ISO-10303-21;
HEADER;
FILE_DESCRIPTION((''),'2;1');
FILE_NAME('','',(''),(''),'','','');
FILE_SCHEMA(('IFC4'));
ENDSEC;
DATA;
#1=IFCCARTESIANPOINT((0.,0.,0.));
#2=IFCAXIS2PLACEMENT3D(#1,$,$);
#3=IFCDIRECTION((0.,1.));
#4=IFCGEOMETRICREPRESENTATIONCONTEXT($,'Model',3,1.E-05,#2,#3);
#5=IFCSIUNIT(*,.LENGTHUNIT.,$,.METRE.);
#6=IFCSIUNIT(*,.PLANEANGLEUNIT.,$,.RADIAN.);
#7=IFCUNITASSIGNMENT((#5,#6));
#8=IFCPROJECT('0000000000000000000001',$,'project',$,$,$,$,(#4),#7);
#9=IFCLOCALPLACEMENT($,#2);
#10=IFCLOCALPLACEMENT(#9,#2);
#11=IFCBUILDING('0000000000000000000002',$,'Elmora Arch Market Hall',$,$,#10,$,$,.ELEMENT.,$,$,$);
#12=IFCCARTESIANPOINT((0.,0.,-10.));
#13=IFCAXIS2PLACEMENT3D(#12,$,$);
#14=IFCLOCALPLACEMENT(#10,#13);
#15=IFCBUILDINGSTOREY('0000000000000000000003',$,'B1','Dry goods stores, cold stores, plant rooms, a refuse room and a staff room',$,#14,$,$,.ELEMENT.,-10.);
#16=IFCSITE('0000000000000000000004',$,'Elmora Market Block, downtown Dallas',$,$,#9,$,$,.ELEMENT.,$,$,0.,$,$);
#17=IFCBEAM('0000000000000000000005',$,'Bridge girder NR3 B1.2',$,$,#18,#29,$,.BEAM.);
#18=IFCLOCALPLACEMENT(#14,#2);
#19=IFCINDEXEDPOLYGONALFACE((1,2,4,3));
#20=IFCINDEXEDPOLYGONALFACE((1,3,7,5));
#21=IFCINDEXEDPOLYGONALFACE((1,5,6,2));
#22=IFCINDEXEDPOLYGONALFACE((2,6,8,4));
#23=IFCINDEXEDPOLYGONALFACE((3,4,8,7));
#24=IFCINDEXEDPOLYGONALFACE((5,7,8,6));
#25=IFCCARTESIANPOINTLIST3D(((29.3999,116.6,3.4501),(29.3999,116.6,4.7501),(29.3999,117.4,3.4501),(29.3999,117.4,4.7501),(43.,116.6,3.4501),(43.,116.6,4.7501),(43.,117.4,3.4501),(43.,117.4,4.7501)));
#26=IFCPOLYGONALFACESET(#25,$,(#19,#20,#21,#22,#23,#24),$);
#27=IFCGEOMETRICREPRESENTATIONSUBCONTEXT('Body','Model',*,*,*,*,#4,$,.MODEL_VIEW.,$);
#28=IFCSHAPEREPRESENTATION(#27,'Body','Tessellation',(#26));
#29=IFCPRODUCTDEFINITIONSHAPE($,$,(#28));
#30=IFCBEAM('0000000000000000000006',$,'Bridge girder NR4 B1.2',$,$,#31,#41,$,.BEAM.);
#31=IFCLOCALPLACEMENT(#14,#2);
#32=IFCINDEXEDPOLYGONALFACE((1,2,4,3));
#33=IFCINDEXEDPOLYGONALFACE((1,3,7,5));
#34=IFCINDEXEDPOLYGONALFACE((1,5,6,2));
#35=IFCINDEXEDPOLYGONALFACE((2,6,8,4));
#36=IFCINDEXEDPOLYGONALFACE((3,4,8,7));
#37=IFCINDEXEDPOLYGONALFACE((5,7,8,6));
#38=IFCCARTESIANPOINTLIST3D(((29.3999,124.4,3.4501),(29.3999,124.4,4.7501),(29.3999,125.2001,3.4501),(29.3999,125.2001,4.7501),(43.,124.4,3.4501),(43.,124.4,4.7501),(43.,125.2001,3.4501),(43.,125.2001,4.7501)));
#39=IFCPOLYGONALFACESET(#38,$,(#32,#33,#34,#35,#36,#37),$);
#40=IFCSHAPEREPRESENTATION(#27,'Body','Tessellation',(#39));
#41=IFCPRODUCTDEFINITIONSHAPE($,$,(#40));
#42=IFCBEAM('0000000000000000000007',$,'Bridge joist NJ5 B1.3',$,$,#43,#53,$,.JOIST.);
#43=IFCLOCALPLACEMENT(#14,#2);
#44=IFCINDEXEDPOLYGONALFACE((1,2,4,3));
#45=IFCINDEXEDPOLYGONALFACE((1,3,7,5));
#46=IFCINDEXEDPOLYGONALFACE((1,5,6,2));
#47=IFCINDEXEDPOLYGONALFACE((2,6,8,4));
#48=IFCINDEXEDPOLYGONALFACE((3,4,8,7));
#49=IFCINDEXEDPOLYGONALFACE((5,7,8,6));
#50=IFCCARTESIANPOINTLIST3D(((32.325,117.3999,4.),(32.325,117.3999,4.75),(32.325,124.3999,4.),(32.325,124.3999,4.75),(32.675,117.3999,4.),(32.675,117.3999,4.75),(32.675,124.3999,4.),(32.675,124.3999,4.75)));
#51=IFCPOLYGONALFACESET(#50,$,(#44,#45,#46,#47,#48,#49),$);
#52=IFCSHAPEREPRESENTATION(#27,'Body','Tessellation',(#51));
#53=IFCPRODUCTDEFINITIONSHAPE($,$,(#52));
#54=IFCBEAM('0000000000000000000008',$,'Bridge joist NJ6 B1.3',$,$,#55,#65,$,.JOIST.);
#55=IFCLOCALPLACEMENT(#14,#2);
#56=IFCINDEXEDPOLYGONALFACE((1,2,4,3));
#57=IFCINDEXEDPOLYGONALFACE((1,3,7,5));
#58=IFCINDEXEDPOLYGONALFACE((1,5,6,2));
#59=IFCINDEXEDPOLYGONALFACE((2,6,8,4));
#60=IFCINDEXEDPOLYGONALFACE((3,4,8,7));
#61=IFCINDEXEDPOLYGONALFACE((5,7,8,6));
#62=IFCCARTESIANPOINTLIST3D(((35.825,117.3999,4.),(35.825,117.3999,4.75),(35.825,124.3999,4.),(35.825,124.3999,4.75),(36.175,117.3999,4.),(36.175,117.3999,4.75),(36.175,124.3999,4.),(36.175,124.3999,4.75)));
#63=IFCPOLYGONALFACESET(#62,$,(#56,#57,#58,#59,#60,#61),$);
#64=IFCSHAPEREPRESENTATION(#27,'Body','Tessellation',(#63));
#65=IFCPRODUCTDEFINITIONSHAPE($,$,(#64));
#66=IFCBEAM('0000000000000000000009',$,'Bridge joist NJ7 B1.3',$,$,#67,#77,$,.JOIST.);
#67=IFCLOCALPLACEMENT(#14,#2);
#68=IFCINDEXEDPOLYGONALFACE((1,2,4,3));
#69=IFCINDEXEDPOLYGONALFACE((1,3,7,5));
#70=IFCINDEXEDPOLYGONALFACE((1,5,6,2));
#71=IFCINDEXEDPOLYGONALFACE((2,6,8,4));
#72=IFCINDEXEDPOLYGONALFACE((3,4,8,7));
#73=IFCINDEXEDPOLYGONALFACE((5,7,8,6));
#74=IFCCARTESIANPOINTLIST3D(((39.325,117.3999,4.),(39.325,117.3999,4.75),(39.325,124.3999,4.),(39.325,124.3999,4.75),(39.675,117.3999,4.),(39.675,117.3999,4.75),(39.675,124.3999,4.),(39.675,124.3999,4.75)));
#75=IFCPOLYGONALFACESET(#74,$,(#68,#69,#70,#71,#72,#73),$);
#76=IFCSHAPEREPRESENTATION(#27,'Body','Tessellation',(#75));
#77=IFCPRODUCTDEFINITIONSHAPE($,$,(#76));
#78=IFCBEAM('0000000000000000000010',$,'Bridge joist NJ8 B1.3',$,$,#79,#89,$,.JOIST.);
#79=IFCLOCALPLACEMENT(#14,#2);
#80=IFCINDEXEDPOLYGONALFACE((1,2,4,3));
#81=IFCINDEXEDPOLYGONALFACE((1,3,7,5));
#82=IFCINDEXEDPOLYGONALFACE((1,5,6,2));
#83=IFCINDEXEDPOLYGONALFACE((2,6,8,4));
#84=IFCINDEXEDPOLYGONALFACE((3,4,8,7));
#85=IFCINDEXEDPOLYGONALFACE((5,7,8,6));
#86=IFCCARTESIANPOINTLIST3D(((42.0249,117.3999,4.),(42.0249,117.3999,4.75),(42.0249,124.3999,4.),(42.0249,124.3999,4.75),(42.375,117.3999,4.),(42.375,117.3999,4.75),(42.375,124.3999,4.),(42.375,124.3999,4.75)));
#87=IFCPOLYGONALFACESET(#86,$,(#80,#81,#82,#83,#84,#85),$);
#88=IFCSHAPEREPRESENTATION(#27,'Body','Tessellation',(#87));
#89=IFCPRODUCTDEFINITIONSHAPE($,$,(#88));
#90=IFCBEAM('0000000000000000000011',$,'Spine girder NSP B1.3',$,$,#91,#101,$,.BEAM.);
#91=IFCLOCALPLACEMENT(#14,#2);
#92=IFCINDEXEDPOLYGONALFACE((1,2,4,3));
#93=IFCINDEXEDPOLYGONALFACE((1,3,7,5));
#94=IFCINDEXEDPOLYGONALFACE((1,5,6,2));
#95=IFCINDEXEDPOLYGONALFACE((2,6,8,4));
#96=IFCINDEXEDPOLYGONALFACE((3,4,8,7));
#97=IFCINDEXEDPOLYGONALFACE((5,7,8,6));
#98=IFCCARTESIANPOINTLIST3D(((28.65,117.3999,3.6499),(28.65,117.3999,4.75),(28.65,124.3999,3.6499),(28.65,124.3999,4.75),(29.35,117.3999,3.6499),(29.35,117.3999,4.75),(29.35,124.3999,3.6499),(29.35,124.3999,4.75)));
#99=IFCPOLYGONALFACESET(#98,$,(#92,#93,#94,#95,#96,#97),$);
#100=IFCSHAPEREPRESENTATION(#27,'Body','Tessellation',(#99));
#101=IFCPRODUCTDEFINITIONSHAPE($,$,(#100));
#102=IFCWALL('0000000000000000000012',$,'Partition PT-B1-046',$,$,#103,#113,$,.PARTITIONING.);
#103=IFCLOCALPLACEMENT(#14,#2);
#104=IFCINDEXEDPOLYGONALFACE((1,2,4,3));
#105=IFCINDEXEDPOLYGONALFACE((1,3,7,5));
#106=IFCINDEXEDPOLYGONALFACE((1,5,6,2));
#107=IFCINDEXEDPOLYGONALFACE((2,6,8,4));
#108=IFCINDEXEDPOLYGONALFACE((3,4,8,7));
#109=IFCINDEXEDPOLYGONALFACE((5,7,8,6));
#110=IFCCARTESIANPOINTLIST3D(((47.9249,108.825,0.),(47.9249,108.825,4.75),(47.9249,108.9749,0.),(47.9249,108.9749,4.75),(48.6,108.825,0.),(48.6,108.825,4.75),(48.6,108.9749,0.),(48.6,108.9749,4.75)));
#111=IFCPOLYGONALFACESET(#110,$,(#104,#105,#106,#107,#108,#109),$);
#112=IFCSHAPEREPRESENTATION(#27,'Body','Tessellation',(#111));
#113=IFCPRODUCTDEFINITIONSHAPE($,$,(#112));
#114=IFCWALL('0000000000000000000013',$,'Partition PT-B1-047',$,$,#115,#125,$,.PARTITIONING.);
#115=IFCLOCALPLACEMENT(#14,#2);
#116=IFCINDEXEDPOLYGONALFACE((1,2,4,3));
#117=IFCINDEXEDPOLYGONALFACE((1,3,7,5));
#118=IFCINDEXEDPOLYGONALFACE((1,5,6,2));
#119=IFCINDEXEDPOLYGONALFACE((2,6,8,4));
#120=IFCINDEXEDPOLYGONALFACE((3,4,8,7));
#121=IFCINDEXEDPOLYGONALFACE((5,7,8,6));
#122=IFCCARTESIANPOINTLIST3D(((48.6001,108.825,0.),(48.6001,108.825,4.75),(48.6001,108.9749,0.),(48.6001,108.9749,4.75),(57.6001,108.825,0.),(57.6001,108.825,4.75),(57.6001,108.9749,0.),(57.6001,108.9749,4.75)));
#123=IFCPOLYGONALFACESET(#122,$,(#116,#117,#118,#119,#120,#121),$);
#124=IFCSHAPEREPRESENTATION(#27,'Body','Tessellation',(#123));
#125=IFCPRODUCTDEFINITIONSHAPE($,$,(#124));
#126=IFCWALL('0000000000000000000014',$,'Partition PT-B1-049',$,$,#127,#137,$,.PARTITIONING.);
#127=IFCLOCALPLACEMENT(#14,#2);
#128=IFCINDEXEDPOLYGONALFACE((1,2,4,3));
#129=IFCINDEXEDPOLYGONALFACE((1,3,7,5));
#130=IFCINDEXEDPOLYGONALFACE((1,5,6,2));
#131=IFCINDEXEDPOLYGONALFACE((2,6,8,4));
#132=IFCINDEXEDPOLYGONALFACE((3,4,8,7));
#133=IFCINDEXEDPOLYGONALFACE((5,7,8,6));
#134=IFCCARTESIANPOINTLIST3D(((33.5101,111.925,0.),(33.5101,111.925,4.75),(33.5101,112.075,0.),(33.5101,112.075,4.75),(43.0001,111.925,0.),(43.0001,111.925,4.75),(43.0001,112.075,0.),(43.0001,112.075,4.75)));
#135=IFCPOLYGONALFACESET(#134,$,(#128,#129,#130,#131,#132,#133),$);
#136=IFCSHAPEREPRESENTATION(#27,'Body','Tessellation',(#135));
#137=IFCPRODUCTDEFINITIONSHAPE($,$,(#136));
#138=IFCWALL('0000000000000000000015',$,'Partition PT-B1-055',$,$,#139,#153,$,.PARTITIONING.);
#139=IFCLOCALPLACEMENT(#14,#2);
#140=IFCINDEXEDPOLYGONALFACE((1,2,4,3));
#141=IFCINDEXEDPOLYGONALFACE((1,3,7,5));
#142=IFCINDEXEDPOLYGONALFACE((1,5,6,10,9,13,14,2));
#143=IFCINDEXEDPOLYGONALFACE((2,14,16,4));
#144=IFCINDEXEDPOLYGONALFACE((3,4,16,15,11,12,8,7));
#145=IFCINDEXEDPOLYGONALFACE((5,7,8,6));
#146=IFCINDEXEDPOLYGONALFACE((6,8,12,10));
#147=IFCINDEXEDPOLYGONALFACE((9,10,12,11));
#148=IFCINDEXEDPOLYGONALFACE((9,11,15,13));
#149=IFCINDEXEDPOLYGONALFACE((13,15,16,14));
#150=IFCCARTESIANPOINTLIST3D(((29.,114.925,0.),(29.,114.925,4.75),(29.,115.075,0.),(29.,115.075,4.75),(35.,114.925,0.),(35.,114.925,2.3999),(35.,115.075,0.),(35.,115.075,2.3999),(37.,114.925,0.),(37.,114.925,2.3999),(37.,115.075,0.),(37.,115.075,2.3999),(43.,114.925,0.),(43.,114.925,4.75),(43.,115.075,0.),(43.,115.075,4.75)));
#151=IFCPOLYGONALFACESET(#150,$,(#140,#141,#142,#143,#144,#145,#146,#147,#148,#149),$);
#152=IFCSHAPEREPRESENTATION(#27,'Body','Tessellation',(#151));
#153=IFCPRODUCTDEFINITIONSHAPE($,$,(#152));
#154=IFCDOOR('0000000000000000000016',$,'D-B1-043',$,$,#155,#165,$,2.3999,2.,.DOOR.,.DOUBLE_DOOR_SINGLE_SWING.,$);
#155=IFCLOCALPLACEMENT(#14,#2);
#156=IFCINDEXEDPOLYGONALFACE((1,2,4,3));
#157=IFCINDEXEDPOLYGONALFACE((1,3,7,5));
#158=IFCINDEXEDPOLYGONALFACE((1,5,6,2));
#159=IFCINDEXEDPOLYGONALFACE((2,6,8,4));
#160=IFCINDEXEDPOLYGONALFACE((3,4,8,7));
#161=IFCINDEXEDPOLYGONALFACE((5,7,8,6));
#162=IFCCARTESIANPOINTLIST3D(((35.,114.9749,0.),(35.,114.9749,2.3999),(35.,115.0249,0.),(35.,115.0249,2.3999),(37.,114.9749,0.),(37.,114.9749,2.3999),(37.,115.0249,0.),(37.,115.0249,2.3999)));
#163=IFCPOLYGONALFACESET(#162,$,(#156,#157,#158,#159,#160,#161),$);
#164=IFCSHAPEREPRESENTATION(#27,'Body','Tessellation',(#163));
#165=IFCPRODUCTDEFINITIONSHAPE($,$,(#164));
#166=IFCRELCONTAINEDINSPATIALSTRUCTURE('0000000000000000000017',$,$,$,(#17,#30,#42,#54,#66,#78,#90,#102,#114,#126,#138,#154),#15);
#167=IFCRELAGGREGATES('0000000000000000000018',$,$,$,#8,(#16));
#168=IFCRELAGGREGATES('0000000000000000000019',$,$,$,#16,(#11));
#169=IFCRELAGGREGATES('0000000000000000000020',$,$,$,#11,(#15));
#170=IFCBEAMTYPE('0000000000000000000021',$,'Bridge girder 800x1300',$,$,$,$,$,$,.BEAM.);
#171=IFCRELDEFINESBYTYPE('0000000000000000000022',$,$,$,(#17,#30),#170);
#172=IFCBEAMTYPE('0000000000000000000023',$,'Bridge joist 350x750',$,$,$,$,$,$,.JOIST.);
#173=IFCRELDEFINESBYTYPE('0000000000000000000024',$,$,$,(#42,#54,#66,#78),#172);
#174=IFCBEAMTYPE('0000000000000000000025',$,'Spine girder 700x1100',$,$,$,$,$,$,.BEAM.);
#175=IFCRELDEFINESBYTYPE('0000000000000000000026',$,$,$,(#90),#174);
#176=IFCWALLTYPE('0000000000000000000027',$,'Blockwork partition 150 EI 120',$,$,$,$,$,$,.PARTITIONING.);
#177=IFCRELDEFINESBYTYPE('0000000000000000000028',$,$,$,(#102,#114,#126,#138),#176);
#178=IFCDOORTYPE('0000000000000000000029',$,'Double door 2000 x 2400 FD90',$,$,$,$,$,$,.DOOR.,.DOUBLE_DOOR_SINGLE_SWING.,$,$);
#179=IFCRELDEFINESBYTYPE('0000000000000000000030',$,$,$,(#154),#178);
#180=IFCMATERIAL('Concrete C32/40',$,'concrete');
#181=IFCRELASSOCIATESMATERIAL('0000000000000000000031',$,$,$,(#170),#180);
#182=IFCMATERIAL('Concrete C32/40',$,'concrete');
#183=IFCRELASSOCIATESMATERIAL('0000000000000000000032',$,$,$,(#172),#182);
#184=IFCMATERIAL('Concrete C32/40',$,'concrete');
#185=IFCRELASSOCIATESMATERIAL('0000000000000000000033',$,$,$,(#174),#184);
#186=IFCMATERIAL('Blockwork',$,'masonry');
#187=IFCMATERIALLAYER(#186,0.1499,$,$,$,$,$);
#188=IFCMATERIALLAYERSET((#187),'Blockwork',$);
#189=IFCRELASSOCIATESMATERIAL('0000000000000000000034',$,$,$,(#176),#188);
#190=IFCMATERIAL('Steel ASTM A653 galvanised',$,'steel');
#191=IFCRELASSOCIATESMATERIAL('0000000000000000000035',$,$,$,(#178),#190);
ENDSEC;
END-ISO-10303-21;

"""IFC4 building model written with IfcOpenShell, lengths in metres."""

from ifc_helpers import new_model, si_unit, direction, frame, frame_2d, origin, origin_2d, place, context, subcontext, project, spatial, rectangle, extrude, material, layer, layer_set, material_profile, profile_set, type_object, element, fill, save


model = new_model("IFC4")

# Units and contexts
model_context = context("Model", 3, precision=1e-05, world=origin(), true_north=direction((0.0, 1.0)))
body_context = subcontext(model_context, "Body", "Model", "MODEL_VIEW")
ifc_project = project(units=[si_unit("LENGTHUNIT", "METRE"), si_unit("PLANEANGLEUNIT", "RADIAN")], contexts=[model_context])

# Site, building, storey
site_placement = place(None, origin())
site = spatial("IfcSite", under=ifc_project, at=site_placement, Name="Elmora Market Block, downtown Dallas", CompositionType="ELEMENT", RefElevation=0.0)
building_placement = place(site_placement, origin())
building = spatial("IfcBuilding", under=site, at=building_placement, Name="Elmora Arch Market Hall", CompositionType="ELEMENT")
storey_placement = place(building_placement, frame((0.0, 0.0, -10.0)))
storey = spatial("IfcBuildingStorey", under=building, at=storey_placement, Name="B1", Description="Dry goods stores, cold stores, plant rooms, a refuse room and a staff room", CompositionType="ELEMENT", Elevation=-10.0)

# Beams
ifc_material_1 = material(Name="Concrete C32/40", Category="concrete")
ifc_material_profile_1 = material_profile(ifc_material_1, rectangle(XDim=0.8, YDim=1.3, at=origin_2d()), Name="Bridge girder 800x1300")
ifc_profile_set_1 = profile_set([ifc_material_profile_1], Name="Concrete C32/40")
beam_type_1 = type_object("IfcBeamType", Name="Bridge girder 800x1300", PredefinedType="BEAM", material=ifc_profile_set_1)
for number, where, z_axis, x_axis, name in (
    (1, (29.3999, 117.0, 4.1001), (1.0, 0.0, 0.0), (0.0, 1.0, 0.0), "Bridge girder NR3 B1.2"),
    (2, (29.3999, 124.8, 4.1001), (1.0, 0.0, 0.0), (0.0, 1.0, 0.0), "Bridge girder NR4 B1.2"),
):
    element("IfcBeam", number, at=place(storey_placement, frame(where, z_axis=z_axis, x_axis=x_axis)), inside=storey, type_object=beam_type_1, Name=name, PredefinedType="BEAM", context=body_context, shape_type="SweptSolid", body=[
        extrude(rectangle(XDim=0.8, YDim=1.3, at=origin_2d()), origin(), (0.0, 0.0, 1.0), 13.6001),
    ])
ifc_material_2 = material(Name="Concrete C32/40", Category="concrete")
ifc_material_profile_2 = material_profile(ifc_material_2, rectangle(XDim=0.3501, YDim=0.75, at=origin_2d()), Name="Bridge joist 350x750")
ifc_profile_set_2 = profile_set([ifc_material_profile_2], Name="Concrete C32/40")
beam_type_2 = type_object("IfcBeamType", Name="Bridge joist 350x750", PredefinedType="JOIST", material=ifc_profile_set_2)
for number, where, z_axis, x_axis, name in (
    (3, (32.5, 117.3999, 4.375), (0.0, 1.0, 0.0), (-1.0, 0.0, 0.0), "Bridge joist NJ5 B1.3"),
    (4, (36.0, 117.3999, 4.375), (0.0, 1.0, 0.0), (-1.0, 0.0, 0.0), "Bridge joist NJ6 B1.3"),
    (5, (39.5, 117.3999, 4.375), (0.0, 1.0, 0.0), (-1.0, 0.0, 0.0), "Bridge joist NJ7 B1.3"),
    (6, (42.2, 117.3999, 4.375), (0.0, 1.0, 0.0), (-1.0, 0.0, 0.0), "Bridge joist NJ8 B1.3"),
):
    element("IfcBeam", number, at=place(storey_placement, frame(where, z_axis=z_axis, x_axis=x_axis)), inside=storey, type_object=beam_type_2, Name=name, PredefinedType="JOIST", context=body_context, shape_type="SweptSolid", body=[
        extrude(rectangle(XDim=0.3501, YDim=0.75, at=origin_2d()), origin(), (0.0, 0.0, 1.0), 7.0),
    ])
ifc_material_3 = material(Name="Concrete C32/40", Category="concrete")
ifc_material_profile_3 = material_profile(ifc_material_3, rectangle(XDim=0.7, YDim=1.1001, at=origin_2d()), Name="Spine girder 700x1100")
ifc_profile_set_3 = profile_set([ifc_material_profile_3], Name="Concrete C32/40")
beam_type_3 = type_object("IfcBeamType", Name="Spine girder 700x1100", PredefinedType="BEAM", material=ifc_profile_set_3)
beam_placement = place(storey_placement, frame((29.0, 117.3999, 4.2), z_axis=(0.0, 1.0, 0.0), x_axis=(-1.0, 0.0, 0.0)))
element("IfcBeam", 7, at=beam_placement, inside=storey, type_object=beam_type_3, Name="Spine girder NSP B1.3", PredefinedType="BEAM", context=body_context, shape_type="SweptSolid", body=[
    extrude(rectangle(XDim=0.7, YDim=1.1001, at=origin_2d()), origin(), (0.0, 0.0, 1.0), 7.0),
])

# Walls
ifc_material_4 = material(Name="Blockwork", Category="masonry")
ifc_layer_1 = layer(ifc_material_4, 0.1499)
ifc_layer_set_1 = layer_set([ifc_layer_1], Name="Blockwork")
wall_type_1 = type_object("IfcWallType", Name="Blockwork partition 150 EI 120", PredefinedType="PARTITIONING", material=ifc_layer_set_1)
wall_1_placement = place(storey_placement, frame((47.925, 108.8999, 0.0), z_axis=(0.0, 0.0, 1.0), x_axis=(1.0, 0.0, 0.0)))
element("IfcWall", 8, at=wall_1_placement, inside=storey, type_object=wall_type_1, Name="Partition PT-B1-046", PredefinedType="PARTITIONING", context=body_context, shape_type="SweptSolid", body=[
    extrude(rectangle(XDim=0.675, YDim=0.1499, at=frame_2d((0.3374, 0.0))), origin(), (0.0, 0.0, 1.0), 4.75),
])
wall_2_placement = place(storey_placement, frame((48.6001, 108.8999, 0.0), z_axis=(0.0, 0.0, 1.0), x_axis=(1.0, 0.0, 0.0)))
element("IfcWall", 9, at=wall_2_placement, inside=storey, type_object=wall_type_1, Name="Partition PT-B1-047", PredefinedType="PARTITIONING", context=body_context, shape_type="SweptSolid", body=[
    extrude(rectangle(XDim=9.0, YDim=0.1499, at=frame_2d((4.5, 0.0))), origin(), (0.0, 0.0, 1.0), 4.75),
])
wall_3_placement = place(storey_placement, frame((33.51, 112.0, 0.0), z_axis=(0.0, 0.0, 1.0), x_axis=(1.0, 0.0, 0.0)))
element("IfcWall", 10, at=wall_3_placement, inside=storey, type_object=wall_type_1, Name="Partition PT-B1-049", PredefinedType="PARTITIONING", context=body_context, shape_type="SweptSolid", body=[
    extrude(rectangle(XDim=9.49, YDim=0.1499, at=frame_2d((4.7451, 0.0))), origin(), (0.0, 0.0, 1.0), 4.75),
])

# Wall, opening, door
wall_4_placement = place(storey_placement, frame((29.0, 115.0, 0.0), z_axis=(0.0, 0.0, 1.0), x_axis=(1.0, 0.0, 0.0)))
wall_4 = element("IfcWall", 11, at=wall_4_placement, inside=storey, type_object=wall_type_1, Name="Partition PT-B1-055", PredefinedType="PARTITIONING", context=body_context, shape_type="SweptSolid", body=[
    extrude(rectangle(XDim=14.0, YDim=0.1499, at=frame_2d((7.0, 0.0))), origin(), (0.0, 0.0, 1.0), 4.75),
])
opening_1_placement = place(wall_4_placement, frame((6.0, 0.0, 0.0)))
opening_1 = element("IfcOpeningElement", 12, at=opening_1_placement, cuts=wall_4, PredefinedType="OPENING", context=body_context, shape_type="SweptSolid", body=[
    extrude(rectangle(XDim=2.0, YDim=2.3999, at=frame_2d((1.0, 1.2))), frame((0.0, 0.085, 0.0), z_axis=(0.0, -1.0, 0.0), x_axis=(1.0, 0.0, 0.0)), (0.0, 0.0, 1.0), 0.1699),
])
ifc_material_5 = material(Name="Steel ASTM A653 galvanised", Category="steel")
door_type_1 = type_object("IfcDoorType", Name="Double door 2000 x 2400 FD90", OperationType="DOUBLE_DOOR_SINGLE_SWING", PredefinedType="DOOR", material=ifc_material_5)
door_1_placement = place(opening_1_placement, origin())
door_1 = element("IfcDoor", 13, at=door_1_placement, inside=storey, type_object=door_type_1, Name="D-B1-043", OperationType="DOUBLE_DOOR_SINGLE_SWING", OverallHeight=2.3999, OverallWidth=2.0, PredefinedType="DOOR", context=body_context, shape_type="SweptSolid", body=[
    extrude(rectangle(XDim=2.0, YDim=2.3999, at=frame_2d((1.0, 1.2))), frame((0.0, 0.0249, 0.0), z_axis=(0.0, -1.0, 0.0), x_axis=(1.0, 0.0, 0.0)), (0.0, 0.0, 1.0), 0.05),
])
fill(opening_1, door_1)

save(model, "model.ifc")
